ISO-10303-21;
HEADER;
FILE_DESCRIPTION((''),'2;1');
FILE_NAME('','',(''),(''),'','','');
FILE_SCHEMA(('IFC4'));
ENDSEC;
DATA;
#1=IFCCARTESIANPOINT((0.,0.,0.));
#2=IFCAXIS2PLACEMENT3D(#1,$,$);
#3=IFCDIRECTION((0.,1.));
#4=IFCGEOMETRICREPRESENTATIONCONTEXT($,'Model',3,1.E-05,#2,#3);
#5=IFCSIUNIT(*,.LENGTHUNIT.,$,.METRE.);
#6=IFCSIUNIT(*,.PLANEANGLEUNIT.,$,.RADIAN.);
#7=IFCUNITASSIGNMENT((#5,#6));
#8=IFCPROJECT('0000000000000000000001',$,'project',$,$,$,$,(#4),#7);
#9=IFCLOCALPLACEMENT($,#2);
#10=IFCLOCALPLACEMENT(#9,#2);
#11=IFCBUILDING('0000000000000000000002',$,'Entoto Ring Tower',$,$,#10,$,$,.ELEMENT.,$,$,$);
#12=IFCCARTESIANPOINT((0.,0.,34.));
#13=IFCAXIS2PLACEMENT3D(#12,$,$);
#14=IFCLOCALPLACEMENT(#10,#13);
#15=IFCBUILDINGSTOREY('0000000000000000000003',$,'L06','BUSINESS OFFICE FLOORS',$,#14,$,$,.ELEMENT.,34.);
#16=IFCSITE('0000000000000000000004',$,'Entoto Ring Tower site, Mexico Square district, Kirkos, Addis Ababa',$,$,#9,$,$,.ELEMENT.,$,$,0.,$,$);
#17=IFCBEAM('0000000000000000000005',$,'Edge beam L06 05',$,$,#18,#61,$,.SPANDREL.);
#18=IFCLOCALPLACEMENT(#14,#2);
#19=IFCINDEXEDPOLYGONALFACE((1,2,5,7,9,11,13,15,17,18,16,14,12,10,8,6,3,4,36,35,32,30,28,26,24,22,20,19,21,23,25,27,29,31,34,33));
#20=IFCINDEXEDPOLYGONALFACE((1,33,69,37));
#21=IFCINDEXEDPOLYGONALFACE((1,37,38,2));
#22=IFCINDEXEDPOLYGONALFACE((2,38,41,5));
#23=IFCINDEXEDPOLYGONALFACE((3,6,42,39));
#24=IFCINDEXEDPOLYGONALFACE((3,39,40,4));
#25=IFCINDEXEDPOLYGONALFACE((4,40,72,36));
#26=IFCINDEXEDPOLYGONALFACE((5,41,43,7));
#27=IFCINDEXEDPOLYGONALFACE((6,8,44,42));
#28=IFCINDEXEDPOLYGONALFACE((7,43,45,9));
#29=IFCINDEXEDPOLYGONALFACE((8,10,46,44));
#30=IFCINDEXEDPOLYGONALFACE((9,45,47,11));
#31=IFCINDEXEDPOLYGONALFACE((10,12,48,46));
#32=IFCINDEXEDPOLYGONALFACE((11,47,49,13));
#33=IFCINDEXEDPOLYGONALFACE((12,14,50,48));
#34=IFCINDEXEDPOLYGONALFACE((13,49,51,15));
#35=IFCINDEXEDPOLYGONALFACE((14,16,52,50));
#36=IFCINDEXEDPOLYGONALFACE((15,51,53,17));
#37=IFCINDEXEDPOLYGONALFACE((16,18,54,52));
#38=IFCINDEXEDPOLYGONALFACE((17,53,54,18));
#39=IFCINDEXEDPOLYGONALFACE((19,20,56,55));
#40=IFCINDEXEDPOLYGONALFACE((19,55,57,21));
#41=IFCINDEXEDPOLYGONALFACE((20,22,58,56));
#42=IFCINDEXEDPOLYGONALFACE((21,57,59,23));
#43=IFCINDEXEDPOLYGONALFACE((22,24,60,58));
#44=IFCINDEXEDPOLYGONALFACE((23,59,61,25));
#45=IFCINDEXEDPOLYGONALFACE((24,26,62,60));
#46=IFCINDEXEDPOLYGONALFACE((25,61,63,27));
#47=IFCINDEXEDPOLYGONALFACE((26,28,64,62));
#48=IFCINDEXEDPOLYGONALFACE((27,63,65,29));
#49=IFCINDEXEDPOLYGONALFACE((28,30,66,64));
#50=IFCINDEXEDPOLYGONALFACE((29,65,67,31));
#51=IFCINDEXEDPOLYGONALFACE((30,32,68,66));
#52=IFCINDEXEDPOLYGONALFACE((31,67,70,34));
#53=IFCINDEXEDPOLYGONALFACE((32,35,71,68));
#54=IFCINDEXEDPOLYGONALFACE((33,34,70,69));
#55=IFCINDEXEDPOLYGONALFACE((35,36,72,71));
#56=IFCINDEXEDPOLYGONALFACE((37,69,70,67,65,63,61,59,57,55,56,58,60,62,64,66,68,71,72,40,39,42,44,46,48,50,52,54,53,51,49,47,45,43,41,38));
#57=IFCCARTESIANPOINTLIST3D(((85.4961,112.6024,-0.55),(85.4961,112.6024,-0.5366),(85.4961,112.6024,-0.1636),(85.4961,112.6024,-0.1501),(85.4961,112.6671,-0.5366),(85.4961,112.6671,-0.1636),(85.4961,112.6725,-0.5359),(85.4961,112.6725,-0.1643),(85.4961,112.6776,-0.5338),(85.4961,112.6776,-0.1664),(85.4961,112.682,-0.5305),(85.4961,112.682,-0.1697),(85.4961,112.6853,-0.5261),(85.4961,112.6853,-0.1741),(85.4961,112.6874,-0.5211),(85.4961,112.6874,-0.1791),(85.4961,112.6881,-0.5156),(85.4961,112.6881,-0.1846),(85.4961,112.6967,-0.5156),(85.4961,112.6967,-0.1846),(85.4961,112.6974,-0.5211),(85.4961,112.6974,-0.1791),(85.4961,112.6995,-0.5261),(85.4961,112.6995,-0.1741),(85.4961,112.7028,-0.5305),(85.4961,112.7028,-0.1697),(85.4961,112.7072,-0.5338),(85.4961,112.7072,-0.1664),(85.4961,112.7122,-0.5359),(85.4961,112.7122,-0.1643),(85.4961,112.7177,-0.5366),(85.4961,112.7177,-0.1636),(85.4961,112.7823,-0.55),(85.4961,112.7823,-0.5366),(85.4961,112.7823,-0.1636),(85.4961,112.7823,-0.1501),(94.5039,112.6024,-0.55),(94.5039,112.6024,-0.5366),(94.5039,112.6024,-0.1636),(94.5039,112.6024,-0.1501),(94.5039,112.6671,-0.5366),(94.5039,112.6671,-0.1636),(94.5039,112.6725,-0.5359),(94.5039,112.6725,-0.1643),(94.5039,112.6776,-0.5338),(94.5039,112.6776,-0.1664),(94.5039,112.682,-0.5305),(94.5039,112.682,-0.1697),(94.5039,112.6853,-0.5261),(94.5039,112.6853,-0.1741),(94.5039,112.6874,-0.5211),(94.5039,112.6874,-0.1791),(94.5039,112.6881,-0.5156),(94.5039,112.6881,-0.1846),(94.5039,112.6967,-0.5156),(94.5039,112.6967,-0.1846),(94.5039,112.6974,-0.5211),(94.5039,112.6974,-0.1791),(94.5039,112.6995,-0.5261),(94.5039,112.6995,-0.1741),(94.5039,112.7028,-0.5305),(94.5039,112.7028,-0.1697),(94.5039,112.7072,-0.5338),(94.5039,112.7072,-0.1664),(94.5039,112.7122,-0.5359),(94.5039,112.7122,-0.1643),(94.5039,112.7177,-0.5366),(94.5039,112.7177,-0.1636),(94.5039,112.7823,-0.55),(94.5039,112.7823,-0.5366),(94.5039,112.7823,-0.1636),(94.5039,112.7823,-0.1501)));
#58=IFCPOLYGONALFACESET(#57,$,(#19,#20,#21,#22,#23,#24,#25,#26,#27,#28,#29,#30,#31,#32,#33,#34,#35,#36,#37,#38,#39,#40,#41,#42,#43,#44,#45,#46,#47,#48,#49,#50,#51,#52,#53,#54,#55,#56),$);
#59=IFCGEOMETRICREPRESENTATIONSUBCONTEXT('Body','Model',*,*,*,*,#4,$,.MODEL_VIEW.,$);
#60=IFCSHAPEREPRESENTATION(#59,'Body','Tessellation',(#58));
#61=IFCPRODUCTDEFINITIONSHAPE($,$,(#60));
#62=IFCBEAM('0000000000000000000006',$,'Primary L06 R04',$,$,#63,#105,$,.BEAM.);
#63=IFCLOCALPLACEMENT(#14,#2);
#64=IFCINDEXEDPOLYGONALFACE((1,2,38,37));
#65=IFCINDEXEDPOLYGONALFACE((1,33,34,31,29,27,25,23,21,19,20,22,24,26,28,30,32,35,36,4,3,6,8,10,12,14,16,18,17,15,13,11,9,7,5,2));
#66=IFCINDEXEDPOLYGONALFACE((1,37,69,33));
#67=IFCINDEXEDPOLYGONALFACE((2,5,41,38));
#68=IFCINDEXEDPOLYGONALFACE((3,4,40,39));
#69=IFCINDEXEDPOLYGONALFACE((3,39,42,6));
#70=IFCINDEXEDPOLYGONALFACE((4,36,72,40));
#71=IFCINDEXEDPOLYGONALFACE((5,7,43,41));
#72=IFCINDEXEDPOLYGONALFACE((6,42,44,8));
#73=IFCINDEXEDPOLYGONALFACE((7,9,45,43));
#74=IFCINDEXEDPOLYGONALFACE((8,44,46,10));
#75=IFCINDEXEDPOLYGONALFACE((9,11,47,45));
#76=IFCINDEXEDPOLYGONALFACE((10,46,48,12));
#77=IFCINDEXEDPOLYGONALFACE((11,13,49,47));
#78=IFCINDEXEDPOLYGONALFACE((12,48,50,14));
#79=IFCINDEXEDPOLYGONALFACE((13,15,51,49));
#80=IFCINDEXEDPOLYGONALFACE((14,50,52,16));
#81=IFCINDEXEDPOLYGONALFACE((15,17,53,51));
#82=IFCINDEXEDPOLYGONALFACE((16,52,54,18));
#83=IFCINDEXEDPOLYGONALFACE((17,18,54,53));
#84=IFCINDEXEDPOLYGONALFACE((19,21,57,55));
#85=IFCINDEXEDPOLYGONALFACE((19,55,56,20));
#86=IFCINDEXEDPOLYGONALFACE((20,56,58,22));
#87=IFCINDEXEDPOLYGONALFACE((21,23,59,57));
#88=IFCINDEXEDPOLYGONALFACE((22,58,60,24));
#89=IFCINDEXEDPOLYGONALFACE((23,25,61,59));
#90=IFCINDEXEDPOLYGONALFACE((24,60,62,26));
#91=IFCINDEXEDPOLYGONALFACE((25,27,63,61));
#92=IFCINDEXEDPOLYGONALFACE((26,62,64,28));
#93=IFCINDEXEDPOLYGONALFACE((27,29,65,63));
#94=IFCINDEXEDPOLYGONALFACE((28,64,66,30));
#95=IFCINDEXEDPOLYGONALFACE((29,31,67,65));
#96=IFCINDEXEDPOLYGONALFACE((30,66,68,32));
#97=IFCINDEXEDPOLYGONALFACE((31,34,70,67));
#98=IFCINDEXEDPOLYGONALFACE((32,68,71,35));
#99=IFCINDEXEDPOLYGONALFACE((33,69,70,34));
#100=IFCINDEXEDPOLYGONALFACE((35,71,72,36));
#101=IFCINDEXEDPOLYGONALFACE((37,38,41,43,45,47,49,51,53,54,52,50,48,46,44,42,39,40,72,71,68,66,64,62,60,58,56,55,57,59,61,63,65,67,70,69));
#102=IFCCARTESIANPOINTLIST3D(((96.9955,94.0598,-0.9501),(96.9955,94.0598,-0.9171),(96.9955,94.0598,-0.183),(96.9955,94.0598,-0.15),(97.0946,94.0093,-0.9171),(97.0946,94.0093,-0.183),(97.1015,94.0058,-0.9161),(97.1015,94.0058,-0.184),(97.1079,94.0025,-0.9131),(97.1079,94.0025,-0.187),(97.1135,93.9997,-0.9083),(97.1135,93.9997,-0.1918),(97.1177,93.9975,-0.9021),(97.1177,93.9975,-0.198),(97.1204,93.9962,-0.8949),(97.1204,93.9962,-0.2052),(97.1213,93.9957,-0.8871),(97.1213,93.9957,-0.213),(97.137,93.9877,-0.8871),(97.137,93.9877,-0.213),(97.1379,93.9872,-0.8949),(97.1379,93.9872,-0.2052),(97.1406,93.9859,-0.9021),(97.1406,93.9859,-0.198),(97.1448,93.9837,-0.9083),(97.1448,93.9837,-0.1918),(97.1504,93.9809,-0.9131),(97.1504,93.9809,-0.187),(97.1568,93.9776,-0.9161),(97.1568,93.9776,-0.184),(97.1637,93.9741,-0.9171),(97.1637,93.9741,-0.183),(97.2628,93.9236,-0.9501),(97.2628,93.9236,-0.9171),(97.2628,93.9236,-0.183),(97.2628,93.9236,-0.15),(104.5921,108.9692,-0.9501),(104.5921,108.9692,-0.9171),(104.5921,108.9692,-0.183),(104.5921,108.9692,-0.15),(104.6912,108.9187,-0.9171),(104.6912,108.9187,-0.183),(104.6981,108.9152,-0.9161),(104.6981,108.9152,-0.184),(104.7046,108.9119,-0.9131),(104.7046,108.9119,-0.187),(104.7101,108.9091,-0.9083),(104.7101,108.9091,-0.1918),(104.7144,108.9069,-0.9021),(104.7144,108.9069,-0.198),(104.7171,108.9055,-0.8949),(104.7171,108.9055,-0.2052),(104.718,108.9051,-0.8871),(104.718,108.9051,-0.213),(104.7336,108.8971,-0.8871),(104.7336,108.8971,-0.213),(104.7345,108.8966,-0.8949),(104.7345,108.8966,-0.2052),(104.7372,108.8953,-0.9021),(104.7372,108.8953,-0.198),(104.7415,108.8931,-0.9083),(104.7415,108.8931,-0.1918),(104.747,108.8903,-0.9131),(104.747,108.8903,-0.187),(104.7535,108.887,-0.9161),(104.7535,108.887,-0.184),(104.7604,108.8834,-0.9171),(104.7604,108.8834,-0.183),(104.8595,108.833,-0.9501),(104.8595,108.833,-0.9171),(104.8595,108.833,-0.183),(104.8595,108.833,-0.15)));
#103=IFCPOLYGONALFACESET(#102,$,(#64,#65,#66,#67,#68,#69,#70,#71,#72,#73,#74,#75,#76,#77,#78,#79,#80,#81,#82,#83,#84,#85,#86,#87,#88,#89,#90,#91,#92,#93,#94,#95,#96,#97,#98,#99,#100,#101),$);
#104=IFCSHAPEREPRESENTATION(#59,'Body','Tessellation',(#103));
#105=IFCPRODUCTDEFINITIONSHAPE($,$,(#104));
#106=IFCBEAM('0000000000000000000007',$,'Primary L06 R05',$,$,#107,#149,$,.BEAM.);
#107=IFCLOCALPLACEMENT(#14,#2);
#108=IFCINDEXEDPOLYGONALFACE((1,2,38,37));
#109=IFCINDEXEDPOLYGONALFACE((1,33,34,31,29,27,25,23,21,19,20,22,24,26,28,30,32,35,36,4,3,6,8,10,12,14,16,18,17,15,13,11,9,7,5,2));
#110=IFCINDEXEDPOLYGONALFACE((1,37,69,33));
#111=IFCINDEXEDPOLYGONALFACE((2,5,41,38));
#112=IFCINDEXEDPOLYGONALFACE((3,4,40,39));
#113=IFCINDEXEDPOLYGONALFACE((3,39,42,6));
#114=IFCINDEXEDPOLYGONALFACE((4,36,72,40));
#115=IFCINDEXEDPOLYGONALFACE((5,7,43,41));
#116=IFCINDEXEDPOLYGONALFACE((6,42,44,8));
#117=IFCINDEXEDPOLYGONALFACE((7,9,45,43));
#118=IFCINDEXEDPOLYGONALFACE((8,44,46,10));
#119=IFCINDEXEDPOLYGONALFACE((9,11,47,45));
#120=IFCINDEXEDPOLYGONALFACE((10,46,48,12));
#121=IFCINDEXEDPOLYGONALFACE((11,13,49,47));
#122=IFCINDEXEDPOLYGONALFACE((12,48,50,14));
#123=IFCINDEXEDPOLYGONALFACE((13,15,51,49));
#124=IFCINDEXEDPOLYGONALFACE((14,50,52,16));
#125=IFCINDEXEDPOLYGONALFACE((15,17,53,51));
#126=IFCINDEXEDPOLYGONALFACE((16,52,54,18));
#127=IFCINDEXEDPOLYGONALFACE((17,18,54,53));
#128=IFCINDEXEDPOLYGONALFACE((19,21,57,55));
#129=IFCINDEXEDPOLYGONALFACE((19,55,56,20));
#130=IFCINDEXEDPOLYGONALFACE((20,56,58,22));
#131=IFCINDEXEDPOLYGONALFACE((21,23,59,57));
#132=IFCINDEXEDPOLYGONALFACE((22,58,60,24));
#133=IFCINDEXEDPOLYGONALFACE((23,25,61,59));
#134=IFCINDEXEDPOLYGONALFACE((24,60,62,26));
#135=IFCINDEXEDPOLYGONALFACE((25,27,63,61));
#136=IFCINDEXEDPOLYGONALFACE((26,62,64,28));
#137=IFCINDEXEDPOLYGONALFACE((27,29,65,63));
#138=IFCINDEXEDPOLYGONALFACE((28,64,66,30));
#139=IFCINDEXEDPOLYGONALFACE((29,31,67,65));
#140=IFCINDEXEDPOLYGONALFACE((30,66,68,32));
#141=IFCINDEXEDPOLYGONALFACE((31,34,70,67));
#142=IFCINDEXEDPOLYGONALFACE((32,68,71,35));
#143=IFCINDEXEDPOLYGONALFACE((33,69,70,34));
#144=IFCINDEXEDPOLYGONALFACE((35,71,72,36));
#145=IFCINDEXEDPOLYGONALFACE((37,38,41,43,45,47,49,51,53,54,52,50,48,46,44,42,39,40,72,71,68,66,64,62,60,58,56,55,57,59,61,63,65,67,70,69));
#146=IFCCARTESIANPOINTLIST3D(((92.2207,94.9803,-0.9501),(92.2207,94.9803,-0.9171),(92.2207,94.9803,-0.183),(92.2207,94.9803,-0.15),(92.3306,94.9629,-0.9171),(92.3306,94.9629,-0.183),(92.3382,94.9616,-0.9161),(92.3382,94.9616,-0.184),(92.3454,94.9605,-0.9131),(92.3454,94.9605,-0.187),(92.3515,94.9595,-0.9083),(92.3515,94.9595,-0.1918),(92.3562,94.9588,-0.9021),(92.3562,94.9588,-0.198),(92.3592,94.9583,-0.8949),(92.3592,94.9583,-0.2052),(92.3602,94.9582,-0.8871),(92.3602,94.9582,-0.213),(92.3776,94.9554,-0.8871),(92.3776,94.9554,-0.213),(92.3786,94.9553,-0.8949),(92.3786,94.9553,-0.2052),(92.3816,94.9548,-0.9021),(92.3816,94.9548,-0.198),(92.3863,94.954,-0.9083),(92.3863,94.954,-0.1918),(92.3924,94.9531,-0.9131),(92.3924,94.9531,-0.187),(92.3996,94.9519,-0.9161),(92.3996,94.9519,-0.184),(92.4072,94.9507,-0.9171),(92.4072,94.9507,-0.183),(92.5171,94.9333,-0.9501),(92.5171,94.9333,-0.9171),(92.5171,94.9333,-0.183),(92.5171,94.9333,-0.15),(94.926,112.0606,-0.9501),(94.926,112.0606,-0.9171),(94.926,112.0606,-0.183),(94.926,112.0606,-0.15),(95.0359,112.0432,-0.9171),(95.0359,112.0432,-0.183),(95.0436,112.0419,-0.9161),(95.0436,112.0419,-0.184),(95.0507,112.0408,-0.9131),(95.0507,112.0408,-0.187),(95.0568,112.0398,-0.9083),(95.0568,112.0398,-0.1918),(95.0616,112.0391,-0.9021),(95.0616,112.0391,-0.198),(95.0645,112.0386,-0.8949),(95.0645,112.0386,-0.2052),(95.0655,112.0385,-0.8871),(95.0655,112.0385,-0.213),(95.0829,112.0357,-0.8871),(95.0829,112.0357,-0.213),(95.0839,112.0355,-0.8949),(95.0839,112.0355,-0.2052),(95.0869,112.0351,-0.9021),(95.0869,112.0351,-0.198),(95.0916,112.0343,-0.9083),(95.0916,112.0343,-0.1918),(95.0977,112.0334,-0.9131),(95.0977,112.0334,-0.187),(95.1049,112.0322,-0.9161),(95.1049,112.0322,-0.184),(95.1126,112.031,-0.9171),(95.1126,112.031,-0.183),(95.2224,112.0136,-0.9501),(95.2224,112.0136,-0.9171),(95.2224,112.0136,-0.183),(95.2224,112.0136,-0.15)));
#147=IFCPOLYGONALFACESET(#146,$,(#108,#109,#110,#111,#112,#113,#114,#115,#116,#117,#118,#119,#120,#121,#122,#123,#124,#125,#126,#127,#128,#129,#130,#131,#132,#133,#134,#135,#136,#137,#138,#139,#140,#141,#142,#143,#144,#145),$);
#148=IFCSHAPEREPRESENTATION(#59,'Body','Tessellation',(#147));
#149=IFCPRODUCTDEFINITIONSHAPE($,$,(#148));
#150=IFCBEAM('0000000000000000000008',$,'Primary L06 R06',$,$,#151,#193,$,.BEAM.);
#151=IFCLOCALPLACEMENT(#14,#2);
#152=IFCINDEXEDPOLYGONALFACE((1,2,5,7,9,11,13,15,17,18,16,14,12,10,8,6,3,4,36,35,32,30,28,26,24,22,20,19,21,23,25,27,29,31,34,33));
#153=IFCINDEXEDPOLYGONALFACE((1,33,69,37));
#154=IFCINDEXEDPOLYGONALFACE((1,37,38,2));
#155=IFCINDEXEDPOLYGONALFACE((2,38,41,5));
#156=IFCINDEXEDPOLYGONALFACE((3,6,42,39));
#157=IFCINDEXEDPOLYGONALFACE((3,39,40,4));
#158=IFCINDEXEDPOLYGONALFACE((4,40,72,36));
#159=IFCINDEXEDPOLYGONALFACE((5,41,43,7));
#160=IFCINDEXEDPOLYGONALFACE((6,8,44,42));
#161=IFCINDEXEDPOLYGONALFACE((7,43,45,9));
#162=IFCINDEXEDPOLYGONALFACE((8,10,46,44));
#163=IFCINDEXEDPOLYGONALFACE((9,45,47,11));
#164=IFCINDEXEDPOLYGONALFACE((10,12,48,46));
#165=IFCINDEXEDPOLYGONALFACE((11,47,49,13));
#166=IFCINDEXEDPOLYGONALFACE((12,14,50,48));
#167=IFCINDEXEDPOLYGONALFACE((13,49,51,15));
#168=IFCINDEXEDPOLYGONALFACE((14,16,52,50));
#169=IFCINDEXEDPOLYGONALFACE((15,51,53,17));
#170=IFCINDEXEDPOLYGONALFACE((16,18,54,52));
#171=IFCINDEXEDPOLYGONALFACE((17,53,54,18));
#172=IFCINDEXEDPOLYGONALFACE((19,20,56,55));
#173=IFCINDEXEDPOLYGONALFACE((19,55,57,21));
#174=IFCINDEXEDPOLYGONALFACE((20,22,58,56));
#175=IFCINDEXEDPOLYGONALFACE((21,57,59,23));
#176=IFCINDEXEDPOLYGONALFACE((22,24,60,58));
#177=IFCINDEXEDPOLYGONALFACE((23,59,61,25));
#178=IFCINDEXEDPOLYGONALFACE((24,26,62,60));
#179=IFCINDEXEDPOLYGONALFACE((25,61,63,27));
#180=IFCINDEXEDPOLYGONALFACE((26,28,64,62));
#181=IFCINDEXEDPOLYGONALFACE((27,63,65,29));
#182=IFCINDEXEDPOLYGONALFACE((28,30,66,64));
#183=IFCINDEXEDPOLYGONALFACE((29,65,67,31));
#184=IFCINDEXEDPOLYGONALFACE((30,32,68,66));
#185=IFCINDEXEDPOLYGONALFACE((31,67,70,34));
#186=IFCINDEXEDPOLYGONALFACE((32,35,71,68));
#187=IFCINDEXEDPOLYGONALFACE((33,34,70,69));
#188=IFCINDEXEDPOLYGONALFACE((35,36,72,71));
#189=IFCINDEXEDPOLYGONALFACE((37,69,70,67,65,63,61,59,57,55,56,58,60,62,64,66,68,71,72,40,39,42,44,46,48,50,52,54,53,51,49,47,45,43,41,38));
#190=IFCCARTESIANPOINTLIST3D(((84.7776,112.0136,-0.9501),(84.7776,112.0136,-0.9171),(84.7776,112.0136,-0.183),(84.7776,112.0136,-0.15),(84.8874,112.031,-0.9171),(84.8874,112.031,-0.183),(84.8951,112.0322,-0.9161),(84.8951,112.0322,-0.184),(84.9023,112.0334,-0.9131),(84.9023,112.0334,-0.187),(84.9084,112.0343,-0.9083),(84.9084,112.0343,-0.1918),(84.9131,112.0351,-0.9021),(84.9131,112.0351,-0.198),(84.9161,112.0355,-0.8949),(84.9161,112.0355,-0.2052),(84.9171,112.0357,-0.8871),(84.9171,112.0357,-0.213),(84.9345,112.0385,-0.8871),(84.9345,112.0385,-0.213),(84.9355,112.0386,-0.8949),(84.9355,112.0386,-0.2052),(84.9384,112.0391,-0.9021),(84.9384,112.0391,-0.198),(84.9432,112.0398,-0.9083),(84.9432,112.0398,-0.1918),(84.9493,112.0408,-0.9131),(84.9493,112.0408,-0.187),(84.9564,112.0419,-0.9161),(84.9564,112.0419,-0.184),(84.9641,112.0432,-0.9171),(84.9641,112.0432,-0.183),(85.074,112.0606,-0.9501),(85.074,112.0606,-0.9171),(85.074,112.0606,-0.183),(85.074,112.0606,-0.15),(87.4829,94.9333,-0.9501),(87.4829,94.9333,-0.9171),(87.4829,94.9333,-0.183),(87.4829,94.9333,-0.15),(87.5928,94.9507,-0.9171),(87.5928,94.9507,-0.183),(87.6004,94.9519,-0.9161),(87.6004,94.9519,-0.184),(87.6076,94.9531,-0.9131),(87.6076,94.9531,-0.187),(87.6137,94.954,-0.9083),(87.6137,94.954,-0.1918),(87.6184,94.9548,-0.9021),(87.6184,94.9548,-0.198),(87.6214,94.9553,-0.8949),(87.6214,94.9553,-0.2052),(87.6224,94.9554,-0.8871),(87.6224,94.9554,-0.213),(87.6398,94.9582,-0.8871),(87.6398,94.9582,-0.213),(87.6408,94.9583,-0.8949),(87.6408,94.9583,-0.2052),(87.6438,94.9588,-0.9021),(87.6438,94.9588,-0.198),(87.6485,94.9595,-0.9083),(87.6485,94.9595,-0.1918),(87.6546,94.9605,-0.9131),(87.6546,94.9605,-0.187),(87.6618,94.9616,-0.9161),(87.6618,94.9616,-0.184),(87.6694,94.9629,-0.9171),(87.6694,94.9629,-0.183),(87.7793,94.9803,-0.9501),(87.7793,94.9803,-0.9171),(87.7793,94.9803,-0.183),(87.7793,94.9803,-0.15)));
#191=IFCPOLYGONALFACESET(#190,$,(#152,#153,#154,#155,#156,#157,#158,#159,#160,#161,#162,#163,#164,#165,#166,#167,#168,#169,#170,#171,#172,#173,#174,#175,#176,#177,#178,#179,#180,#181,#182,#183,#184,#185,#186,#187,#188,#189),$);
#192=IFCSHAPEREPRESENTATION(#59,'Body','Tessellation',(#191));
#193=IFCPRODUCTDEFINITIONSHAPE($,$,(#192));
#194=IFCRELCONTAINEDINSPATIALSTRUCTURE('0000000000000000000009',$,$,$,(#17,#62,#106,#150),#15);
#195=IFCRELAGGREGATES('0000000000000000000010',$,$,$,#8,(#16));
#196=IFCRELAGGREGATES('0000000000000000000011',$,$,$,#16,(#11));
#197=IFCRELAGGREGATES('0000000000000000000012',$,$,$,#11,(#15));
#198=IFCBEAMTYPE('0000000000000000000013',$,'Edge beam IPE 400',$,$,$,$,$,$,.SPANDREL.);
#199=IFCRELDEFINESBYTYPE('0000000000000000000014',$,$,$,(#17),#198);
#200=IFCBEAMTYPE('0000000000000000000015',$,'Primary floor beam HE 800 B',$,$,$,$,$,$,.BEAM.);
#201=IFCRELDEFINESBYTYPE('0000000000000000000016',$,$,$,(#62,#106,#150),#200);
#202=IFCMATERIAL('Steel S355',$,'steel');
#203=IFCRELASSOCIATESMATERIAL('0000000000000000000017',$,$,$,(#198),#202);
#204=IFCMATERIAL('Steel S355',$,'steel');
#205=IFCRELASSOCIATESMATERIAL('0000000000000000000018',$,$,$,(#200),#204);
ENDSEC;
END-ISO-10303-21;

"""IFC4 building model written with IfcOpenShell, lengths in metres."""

from ifc_helpers import new_model, si_unit, direction, frame, origin, origin_2d, place, context, subcontext, project, spatial, i_section, extrude, material, material_profile, profile_set, type_object, element, save


model = new_model("IFC4")

# Units and contexts
model_context = context("Model", 3, precision=1e-05, world=origin(), true_north=direction((0.0, 1.0)))
body_context = subcontext(model_context, "Body", "Model", "MODEL_VIEW")
ifc_project = project(units=[si_unit("LENGTHUNIT", "METRE"), si_unit("PLANEANGLEUNIT", "RADIAN")], contexts=[model_context])

# Site, building, storey
site_placement = place(None, origin())
site = spatial("IfcSite", under=ifc_project, at=site_placement, Name="Entoto Ring Tower site, Mexico Square district, Kirkos, Addis Ababa", CompositionType="ELEMENT", RefElevation=0.0)
building_placement = place(site_placement, origin())
building = spatial("IfcBuilding", under=site, at=building_placement, Name="Entoto Ring Tower", CompositionType="ELEMENT")
storey_placement = place(building_placement, frame((0.0, 0.0, 34.0)))
storey = spatial("IfcBuildingStorey", under=building, at=storey_placement, Name="L06", Description="BUSINESS OFFICE FLOORS", CompositionType="ELEMENT", Elevation=34.0)

# Beams
ifc_material_1 = material(Name="Steel S355", Category="steel")
ifc_material_profile_1 = material_profile(ifc_material_1, i_section(OverallWidth=0.1799, OverallDepth=0.3999, WebThickness=0.0085, FlangeThickness=0.0134, FilletRadius=0.021, at=origin_2d()), Name="IPE 400")
ifc_profile_set_1 = profile_set([ifc_material_profile_1], Name="Steel S355")
beam_type_1 = type_object("IfcBeamType", Name="Edge beam IPE 400", PredefinedType="SPANDREL", material=ifc_profile_set_1)
beam_1_placement = place(storey_placement, frame((94.5039, 112.6924, -0.3501), z_axis=(-1.0, 0.0, 0.0), x_axis=(0.0, -1.0, 0.0)))
element("IfcBeam", 1, at=beam_1_placement, inside=storey, type_object=beam_type_1, Name="Edge beam L06 05", PredefinedType="SPANDREL", context=body_context, shape_type="SweptSolid", body=[
    extrude(i_section(OverallWidth=0.1799, OverallDepth=0.3999, WebThickness=0.0085, FlangeThickness=0.0134, FilletRadius=0.021, at=origin_2d()), origin(), (0.0, 0.0, 1.0), 9.0078),
])
ifc_material_2 = material(Name="Steel S355", Category="steel")
ifc_material_profile_2 = material_profile(ifc_material_2, i_section(OverallWidth=0.3, OverallDepth=0.8, WebThickness=0.0176, FlangeThickness=0.033, FilletRadius=0.03, at=origin_2d()), Name="HE 800 B")
ifc_profile_set_2 = profile_set([ifc_material_profile_2], Name="Steel S355")
beam_type_2 = type_object("IfcBeamType", Name="Primary floor beam HE 800 B", PredefinedType="BEAM", material=ifc_profile_set_2)
beam_2_placement = place(storey_placement, frame((97.1292, 93.9917, -0.55), z_axis=(0.453988, 0.891008, 0.0), x_axis=(-0.891008, 0.453988, 0.0)))
element("IfcBeam", 2, at=beam_2_placement, inside=storey, type_object=beam_type_2, Name="Primary L06 R04", PredefinedType="BEAM", context=body_context, shape_type="SweptSolid", body=[
    extrude(i_section(OverallWidth=0.3, OverallDepth=0.8, WebThickness=0.0176, FlangeThickness=0.033, FilletRadius=0.03, at=origin_2d()), origin(), (0.0, 0.0, 1.0), 16.7332),
])
for number, where, z_axis, x_axis, name in (
    (3, (92.3689, 94.9568, -0.55), (0.156438, 0.987688, 0.0), (-0.987688, 0.156438, 0.0), "Primary L06 R05"),
    (4, (87.6311, 94.9568, -0.55), (-0.156438, 0.987688, 0.0), (-0.987688, -0.156438, 0.0), "Primary L06 R06"),
):
    element("IfcBeam", number, at=place(storey_placement, frame(where, z_axis=z_axis, x_axis=x_axis)), inside=storey, type_object=beam_type_2, Name=name, PredefinedType="BEAM", context=body_context, shape_type="SweptSolid", body=[
        extrude(i_section(OverallWidth=0.3, OverallDepth=0.8, WebThickness=0.0176, FlangeThickness=0.033, FilletRadius=0.03, at=origin_2d()), origin(), (0.0, 0.0, 1.0), 17.2932),
    ])

save(model, "model.ifc")
